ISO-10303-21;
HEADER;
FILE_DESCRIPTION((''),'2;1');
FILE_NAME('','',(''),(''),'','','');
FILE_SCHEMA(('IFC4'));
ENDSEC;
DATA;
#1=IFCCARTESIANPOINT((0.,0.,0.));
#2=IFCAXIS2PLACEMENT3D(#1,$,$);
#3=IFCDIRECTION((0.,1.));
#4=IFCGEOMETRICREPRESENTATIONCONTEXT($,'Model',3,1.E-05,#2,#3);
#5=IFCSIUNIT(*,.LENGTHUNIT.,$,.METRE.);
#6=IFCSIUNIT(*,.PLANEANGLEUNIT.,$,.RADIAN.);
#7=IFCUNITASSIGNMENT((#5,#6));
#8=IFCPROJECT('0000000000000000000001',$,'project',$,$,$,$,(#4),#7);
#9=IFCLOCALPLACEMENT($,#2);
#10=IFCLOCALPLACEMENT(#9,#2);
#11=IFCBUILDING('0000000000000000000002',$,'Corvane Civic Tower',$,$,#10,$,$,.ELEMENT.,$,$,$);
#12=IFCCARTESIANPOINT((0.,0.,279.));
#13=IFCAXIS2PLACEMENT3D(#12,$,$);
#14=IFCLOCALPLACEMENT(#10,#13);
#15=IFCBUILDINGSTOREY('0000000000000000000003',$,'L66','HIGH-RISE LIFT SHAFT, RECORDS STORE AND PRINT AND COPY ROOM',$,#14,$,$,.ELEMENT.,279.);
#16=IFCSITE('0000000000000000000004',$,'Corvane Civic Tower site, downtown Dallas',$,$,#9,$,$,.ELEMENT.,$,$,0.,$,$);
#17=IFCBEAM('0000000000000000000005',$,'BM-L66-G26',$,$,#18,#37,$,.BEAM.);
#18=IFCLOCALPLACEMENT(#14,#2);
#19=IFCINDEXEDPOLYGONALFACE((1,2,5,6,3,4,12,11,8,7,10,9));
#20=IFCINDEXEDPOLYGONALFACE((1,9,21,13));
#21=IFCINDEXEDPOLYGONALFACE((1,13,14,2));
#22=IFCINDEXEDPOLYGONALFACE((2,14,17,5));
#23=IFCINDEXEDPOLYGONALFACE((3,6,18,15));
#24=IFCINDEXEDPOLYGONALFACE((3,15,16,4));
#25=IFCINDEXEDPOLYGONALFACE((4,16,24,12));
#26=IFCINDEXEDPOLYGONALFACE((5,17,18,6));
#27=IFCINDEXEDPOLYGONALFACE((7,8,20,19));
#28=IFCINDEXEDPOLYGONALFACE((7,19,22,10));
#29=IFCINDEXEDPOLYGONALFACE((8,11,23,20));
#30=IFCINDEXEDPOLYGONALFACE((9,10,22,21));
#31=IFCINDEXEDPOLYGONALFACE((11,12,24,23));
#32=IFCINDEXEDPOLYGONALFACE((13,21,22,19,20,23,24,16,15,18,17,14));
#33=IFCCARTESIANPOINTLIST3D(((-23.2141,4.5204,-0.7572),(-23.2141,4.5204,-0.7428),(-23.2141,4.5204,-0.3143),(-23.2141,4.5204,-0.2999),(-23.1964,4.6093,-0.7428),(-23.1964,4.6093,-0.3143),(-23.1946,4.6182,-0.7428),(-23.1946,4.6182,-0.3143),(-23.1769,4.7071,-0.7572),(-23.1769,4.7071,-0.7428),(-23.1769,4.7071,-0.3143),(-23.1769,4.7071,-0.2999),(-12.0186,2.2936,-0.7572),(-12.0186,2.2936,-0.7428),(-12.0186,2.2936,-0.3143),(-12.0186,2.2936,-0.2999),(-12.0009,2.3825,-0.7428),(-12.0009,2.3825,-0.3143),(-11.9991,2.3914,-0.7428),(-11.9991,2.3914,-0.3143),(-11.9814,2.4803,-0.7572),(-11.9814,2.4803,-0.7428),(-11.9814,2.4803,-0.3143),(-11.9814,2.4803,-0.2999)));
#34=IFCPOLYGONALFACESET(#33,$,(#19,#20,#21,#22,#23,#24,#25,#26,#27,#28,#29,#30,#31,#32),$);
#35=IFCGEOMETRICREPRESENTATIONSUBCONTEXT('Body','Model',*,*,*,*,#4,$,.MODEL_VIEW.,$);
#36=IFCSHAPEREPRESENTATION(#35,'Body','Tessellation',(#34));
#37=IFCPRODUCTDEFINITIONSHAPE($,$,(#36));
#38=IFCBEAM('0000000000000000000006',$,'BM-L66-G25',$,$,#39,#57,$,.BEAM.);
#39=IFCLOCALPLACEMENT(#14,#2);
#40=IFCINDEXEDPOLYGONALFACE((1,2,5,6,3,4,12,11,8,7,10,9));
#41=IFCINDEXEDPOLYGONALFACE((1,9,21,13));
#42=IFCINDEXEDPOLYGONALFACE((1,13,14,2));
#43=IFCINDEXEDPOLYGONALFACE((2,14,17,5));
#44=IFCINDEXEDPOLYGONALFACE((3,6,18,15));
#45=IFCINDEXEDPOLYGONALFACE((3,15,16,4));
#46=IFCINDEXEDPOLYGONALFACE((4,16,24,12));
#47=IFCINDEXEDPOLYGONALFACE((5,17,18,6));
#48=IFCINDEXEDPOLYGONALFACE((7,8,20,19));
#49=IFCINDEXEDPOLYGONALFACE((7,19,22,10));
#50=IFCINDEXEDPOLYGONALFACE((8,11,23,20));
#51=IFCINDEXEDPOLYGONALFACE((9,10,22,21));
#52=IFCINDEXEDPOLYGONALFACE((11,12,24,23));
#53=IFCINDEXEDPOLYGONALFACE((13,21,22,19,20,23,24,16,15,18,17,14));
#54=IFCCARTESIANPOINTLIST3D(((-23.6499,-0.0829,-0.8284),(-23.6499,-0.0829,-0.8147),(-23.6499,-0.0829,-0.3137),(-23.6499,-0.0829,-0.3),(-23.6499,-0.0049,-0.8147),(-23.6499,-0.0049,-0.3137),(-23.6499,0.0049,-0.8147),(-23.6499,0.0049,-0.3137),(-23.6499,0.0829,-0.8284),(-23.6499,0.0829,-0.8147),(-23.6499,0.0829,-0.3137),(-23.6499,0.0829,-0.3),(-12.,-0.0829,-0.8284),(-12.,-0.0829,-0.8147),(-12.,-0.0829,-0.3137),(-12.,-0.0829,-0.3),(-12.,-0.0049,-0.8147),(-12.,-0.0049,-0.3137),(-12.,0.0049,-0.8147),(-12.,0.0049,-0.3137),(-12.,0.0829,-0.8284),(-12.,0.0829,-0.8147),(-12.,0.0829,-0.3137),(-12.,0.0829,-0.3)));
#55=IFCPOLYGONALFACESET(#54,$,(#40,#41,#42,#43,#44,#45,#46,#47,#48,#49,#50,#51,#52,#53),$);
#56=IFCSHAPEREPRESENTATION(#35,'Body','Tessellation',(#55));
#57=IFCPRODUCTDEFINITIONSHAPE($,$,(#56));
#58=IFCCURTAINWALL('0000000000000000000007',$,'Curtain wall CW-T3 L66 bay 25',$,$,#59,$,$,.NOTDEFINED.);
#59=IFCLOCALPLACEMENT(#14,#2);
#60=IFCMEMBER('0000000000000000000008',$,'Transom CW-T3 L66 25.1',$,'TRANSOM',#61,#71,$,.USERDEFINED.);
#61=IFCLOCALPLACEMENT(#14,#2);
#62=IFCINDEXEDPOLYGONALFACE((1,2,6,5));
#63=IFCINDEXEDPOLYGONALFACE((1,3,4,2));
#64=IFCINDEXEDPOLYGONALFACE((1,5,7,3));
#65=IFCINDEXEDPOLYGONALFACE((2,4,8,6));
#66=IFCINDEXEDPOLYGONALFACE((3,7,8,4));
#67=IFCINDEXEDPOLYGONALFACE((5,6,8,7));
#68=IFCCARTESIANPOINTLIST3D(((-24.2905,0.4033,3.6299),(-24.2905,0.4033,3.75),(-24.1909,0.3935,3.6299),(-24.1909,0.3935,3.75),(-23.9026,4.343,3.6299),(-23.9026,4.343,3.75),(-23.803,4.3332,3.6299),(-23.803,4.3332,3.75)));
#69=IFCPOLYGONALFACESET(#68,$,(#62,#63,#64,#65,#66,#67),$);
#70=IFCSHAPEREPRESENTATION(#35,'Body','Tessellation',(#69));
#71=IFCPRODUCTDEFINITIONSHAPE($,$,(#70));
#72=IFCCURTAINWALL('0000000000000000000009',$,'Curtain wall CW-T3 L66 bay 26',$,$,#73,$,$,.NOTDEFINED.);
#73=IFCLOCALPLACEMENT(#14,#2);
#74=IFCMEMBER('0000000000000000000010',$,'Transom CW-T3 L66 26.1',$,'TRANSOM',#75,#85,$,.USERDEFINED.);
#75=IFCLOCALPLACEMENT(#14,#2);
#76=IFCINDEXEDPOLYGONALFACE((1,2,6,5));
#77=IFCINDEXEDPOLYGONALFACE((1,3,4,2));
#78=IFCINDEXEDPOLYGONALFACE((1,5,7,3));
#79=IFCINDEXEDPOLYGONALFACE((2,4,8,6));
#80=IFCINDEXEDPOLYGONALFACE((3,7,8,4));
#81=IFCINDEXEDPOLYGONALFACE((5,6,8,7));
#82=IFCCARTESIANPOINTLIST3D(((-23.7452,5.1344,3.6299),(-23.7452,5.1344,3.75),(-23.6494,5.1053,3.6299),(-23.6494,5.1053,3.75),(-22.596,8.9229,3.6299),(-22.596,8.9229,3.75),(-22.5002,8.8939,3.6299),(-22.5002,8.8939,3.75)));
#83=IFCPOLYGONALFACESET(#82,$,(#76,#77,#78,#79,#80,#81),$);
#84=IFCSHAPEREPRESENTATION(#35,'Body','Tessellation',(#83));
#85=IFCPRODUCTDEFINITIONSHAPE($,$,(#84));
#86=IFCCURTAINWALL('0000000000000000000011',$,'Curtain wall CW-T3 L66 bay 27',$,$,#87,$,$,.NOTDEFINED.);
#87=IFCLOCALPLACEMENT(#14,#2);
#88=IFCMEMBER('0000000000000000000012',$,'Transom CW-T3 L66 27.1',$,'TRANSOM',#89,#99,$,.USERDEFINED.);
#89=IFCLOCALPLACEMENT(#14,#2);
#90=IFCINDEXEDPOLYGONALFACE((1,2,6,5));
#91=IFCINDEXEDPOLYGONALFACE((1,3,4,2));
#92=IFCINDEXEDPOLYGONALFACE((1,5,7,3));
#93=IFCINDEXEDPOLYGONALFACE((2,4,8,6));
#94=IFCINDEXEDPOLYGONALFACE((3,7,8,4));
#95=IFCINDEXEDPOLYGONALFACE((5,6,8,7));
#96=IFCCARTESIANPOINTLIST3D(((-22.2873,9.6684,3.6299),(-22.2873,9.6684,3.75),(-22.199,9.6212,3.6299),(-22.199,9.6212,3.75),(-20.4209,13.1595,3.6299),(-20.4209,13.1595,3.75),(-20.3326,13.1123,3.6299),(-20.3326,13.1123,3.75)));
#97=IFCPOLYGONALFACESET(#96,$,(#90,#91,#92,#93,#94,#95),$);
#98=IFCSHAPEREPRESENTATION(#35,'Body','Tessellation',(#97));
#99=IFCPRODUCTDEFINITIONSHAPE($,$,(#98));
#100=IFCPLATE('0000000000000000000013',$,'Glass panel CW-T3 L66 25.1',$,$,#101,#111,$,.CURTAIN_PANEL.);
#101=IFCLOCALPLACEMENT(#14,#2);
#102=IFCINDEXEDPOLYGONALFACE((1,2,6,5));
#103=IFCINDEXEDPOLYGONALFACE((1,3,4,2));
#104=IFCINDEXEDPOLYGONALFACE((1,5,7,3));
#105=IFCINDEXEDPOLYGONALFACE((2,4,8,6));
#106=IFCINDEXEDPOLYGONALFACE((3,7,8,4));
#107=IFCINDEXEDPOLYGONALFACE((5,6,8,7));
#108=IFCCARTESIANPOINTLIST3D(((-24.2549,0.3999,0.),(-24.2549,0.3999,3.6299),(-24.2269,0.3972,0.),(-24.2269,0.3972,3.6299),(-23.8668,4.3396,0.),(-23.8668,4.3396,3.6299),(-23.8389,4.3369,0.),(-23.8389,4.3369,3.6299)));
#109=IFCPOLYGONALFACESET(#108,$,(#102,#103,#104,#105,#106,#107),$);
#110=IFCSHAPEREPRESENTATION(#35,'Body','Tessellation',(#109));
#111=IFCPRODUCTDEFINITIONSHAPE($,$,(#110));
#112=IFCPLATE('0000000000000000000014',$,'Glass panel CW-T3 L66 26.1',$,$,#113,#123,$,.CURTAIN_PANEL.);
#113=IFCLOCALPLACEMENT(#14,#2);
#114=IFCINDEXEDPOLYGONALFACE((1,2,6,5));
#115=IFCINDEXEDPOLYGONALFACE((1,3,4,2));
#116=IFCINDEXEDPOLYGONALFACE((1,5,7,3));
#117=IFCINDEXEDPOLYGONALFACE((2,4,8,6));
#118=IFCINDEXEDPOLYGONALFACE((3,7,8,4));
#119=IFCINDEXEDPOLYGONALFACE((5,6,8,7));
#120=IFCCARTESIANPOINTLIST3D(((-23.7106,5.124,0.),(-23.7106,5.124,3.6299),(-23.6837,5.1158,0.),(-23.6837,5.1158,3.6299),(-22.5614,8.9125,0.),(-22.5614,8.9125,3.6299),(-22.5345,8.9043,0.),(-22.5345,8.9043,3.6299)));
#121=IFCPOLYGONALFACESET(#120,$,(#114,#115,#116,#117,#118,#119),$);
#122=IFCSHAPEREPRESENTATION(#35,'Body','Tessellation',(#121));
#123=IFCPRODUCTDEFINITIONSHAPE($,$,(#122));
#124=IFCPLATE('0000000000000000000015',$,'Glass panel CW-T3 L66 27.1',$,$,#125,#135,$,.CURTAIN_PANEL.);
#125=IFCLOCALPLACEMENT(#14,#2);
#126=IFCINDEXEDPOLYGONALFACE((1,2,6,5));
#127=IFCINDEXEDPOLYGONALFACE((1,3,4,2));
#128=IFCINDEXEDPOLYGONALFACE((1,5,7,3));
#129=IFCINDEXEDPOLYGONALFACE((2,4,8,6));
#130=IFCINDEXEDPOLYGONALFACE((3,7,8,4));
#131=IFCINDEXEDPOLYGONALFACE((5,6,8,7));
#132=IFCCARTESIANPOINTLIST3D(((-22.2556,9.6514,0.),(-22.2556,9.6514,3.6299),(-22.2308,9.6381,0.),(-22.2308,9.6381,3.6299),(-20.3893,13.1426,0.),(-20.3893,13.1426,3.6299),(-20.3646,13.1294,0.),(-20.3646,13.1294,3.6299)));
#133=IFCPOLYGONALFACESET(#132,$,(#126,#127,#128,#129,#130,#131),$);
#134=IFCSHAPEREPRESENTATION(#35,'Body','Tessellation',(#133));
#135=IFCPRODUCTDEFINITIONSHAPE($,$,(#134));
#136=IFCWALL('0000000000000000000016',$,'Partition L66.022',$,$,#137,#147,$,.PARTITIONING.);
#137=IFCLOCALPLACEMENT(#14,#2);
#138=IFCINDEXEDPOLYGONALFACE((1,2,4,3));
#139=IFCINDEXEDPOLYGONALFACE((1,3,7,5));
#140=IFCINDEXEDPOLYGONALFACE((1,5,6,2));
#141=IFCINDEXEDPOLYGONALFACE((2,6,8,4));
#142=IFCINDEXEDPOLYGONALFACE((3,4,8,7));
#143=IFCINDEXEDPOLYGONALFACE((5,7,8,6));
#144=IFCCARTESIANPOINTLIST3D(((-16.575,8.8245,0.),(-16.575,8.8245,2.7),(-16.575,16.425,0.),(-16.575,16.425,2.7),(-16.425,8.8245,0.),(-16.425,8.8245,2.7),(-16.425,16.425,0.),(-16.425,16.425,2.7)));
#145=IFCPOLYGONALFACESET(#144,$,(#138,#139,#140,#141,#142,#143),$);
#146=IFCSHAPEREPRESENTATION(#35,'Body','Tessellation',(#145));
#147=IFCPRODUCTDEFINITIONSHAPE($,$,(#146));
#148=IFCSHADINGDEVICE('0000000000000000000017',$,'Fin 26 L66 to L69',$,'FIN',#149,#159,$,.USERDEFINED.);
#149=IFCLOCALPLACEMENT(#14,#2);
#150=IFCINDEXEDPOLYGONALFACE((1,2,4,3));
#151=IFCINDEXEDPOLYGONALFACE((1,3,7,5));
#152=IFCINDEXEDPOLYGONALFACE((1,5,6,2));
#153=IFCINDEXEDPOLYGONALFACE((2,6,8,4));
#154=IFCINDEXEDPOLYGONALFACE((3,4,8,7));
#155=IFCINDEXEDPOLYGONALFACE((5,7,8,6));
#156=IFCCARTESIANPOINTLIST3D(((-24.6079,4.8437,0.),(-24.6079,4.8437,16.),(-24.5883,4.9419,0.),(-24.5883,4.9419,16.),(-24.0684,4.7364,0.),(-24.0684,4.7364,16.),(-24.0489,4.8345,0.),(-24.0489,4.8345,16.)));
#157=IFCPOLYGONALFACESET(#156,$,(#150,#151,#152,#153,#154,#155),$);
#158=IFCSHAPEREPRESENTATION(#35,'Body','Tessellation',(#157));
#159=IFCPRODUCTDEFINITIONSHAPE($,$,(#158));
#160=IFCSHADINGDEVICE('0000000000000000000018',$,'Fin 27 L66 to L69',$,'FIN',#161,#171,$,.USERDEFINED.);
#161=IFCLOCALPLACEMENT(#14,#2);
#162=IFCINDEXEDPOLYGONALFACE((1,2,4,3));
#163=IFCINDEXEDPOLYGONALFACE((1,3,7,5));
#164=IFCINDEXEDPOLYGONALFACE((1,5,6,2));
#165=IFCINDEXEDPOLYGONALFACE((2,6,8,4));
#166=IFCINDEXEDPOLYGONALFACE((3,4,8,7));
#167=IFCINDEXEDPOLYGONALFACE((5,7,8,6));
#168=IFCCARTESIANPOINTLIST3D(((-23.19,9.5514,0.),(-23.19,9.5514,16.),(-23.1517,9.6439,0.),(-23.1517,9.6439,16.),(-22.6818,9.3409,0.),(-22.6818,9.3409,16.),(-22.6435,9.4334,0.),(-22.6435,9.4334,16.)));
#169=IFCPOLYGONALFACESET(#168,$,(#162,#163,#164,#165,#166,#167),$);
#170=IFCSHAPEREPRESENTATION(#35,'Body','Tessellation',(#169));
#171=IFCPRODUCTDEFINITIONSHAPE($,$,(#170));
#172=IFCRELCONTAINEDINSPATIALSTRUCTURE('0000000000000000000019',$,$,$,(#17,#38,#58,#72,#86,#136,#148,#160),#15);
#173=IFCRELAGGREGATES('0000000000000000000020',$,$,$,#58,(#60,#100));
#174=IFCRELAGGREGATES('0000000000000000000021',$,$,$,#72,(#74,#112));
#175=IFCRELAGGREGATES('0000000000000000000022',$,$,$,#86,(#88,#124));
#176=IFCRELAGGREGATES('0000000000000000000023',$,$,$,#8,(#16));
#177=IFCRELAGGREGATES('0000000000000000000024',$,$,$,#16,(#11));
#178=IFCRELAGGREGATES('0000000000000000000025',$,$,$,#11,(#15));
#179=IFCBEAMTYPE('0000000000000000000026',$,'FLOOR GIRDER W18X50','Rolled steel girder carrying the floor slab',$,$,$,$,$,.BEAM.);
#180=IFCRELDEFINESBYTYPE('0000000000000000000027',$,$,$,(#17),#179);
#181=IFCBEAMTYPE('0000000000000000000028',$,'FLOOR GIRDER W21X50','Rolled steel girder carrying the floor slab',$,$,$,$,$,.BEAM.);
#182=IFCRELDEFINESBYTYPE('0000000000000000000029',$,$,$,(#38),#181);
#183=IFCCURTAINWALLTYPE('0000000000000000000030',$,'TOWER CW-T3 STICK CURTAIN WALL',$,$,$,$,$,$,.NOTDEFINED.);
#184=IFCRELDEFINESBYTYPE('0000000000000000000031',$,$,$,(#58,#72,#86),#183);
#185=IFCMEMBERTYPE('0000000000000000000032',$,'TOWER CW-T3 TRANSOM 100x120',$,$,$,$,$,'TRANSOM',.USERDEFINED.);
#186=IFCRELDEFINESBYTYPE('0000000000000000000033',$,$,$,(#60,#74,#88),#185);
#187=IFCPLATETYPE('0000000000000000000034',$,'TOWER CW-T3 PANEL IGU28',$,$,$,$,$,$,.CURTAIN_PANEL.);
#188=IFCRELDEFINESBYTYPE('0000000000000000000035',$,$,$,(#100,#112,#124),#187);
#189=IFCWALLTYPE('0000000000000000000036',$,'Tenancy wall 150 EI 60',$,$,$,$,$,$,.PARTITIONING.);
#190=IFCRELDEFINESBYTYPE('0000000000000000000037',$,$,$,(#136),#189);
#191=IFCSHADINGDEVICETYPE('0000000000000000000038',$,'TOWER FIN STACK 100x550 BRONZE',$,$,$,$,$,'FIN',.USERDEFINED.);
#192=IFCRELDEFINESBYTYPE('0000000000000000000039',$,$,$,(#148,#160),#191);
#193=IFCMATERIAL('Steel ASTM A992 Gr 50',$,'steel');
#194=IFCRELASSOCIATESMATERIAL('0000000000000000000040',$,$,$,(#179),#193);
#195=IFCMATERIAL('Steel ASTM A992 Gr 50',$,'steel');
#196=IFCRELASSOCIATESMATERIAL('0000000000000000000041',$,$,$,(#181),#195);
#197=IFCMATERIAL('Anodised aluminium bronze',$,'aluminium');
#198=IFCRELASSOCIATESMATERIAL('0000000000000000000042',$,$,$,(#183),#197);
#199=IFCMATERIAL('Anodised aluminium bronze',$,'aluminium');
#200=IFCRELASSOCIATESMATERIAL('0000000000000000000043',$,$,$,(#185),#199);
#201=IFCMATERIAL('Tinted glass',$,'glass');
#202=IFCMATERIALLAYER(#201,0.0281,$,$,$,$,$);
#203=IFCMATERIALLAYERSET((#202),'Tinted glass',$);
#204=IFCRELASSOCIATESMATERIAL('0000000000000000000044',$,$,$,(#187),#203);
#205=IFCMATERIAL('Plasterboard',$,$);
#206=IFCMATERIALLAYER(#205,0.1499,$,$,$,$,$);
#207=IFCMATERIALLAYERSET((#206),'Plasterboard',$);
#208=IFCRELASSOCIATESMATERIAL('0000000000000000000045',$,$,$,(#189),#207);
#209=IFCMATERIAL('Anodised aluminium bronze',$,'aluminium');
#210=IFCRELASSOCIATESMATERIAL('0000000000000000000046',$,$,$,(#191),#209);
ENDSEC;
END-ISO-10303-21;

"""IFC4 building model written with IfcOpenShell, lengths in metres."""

from ifc_helpers import new_model, si_unit, direction, frame, frame_2d, origin, origin_2d, place, context, subcontext, project, spatial, rectangle, i_section, extrude, material, layer, layer_set, material_profile, profile_set, type_object, element, aggregate, save


model = new_model("IFC4")

# Units and contexts
model_context = context("Model", 3, precision=1e-05, world=origin(), true_north=direction((0.0, 1.0)))
body_context = subcontext(model_context, "Body", "Model", "MODEL_VIEW")
ifc_project = project(units=[si_unit("LENGTHUNIT", "METRE"), si_unit("PLANEANGLEUNIT", "RADIAN")], contexts=[model_context])

# Site, building, storey
site_placement = place(None, origin())
site = spatial("IfcSite", under=ifc_project, at=site_placement, Name="Corvane Civic Tower site, downtown Dallas", CompositionType="ELEMENT", RefElevation=0.0)
building_placement = place(site_placement, origin())
building = spatial("IfcBuilding", under=site, at=building_placement, Name="Corvane Civic Tower", CompositionType="ELEMENT")
storey_placement = place(building_placement, frame((0.0, 0.0, 279.0)))
storey = spatial("IfcBuildingStorey", under=building, at=storey_placement, Name="L66", Description="HIGH-RISE LIFT SHAFT, RECORDS STORE AND PRINT AND COPY ROOM", CompositionType="ELEMENT", Elevation=279.0)

# Beams
ifc_material_1 = material(Name="Steel ASTM A992 Gr 50", Category="steel")
ifc_material_profile_1 = material_profile(ifc_material_1, i_section(OverallWidth=0.1904, OverallDepth=0.4573, WebThickness=0.009, FlangeThickness=0.0144, at=origin_2d()), Name="W18X50")
ifc_profile_set_1 = profile_set([ifc_material_profile_1], Name="Steel ASTM A992 Gr 50")
beam_type_1 = type_object("IfcBeamType", Name="FLOOR GIRDER W18X50", Description="Rolled steel girder carrying the floor slab", PredefinedType="BEAM", material=ifc_profile_set_1)
beam_1_placement = place(storey_placement, frame((-12.0, 2.387, -0.5286), z_axis=(-0.980787, 0.19508, 0.0), x_axis=(-0.19508, -0.980787, 0.0)))
element("IfcBeam", 1, at=beam_1_placement, inside=storey, type_object=beam_type_1, Name="BM-L66-G26", PredefinedType="BEAM", context=body_context, shape_type="SweptSolid", body=[
    extrude(i_section(OverallWidth=0.1904, OverallDepth=0.4573, WebThickness=0.009, FlangeThickness=0.0144, at=origin_2d()), origin(), (0.0, 0.0, 1.0), 11.4148),
])
ifc_material_2 = material(Name="Steel ASTM A992 Gr 50", Category="steel")
ifc_material_profile_2 = material_profile(ifc_material_2, i_section(OverallWidth=0.1658, OverallDepth=0.5283, WebThickness=0.0098, FlangeThickness=0.0137, at=origin_2d()), Name="W21X50")
ifc_profile_set_2 = profile_set([ifc_material_profile_2], Name="Steel ASTM A992 Gr 50")
beam_type_2 = type_object("IfcBeamType", Name="FLOOR GIRDER W21X50", Description="Rolled steel girder carrying the floor slab", PredefinedType="BEAM", material=ifc_profile_set_2)
beam_2_placement = place(storey_placement, frame((-12.0, 0.0, -0.5642), z_axis=(-1.0, 0.0, 0.0), x_axis=(0.0, -1.0, 0.0)))
element("IfcBeam", 2, at=beam_2_placement, inside=storey, type_object=beam_type_2, Name="BM-L66-G25", PredefinedType="BEAM", context=body_context, shape_type="SweptSolid", body=[
    extrude(i_section(OverallWidth=0.1658, OverallDepth=0.5283, WebThickness=0.0098, FlangeThickness=0.0137, at=origin_2d()), origin(), (0.0, 0.0, 1.0), 11.6499),
])

# Curtain walls, members
ifc_material_3 = material(Name="Anodised aluminium bronze", Category="aluminium")
curtain_wall_type = type_object("IfcCurtainWallType", Name="TOWER CW-T3 STICK CURTAIN WALL", PredefinedType="NOTDEFINED", material=ifc_material_3)
curtain_wall_1_placement = place(storey_placement, origin())
curtain_wall_1 = element("IfcCurtainWall", 3, at=curtain_wall_1_placement, inside=storey, type_object=curtain_wall_type, Name="Curtain wall CW-T3 L66 bay 25", PredefinedType="NOTDEFINED")
ifc_material_4 = material(Name="Anodised aluminium bronze", Category="aluminium")
ifc_material_profile_3 = material_profile(ifc_material_4, rectangle(XDim=0.1001, YDim=0.1201, at=origin_2d()), Name="TOWER CW-T3 TRANSOM 100x120")
ifc_profile_set_3 = profile_set([ifc_material_profile_3], Name="Anodised aluminium bronze")
member_type = type_object("IfcMemberType", Name="TOWER CW-T3 TRANSOM 100x120", ElementType="TRANSOM", PredefinedType="USERDEFINED", material=ifc_profile_set_3)
member_1_placement = place(storey_placement, frame((-24.2407, 0.3984, 3.6899), z_axis=(0.097995, 0.995187, 0.0), x_axis=(-0.995187, 0.097995, 0.0)))
member_1 = element("IfcMember", 4, at=member_1_placement, type_object=member_type, Name="Transom CW-T3 L66 25.1", ObjectType="TRANSOM", PredefinedType="USERDEFINED", context=body_context, shape_type="SweptSolid", body=[
    extrude(rectangle(XDim=0.1001, YDim=0.1201, at=origin_2d()), origin(), (0.0, 0.0, 1.0), 3.9587),
])
curtain_wall_2_placement = place(storey_placement, origin())
curtain_wall_2 = element("IfcCurtainWall", 5, at=curtain_wall_2_placement, inside=storey, type_object=curtain_wall_type, Name="Curtain wall CW-T3 L66 bay 26", PredefinedType="NOTDEFINED")
member_2_placement = place(storey_placement, frame((-23.6973, 5.1199, 3.6899), z_axis=(0.290266, 0.956946, 0.0), x_axis=(-0.956946, 0.290266, 0.0)))
member_2 = element("IfcMember", 6, at=member_2_placement, type_object=member_type, Name="Transom CW-T3 L66 26.1", ObjectType="TRANSOM", PredefinedType="USERDEFINED", context=body_context, shape_type="SweptSolid", body=[
    extrude(rectangle(XDim=0.1001, YDim=0.1201, at=origin_2d()), origin(), (0.0, 0.0, 1.0), 3.959),
])
curtain_wall_3_placement = place(storey_placement, origin())
curtain_wall_3 = element("IfcCurtainWall", 7, at=curtain_wall_3_placement, inside=storey, type_object=curtain_wall_type, Name="Curtain wall CW-T3 L66 bay 27", PredefinedType="NOTDEFINED")
member_3_placement = place(storey_placement, frame((-22.2432, 9.6448, 3.6899), z_axis=(0.471468, 0.881883, 0.0), x_axis=(-0.881883, 0.471468, 0.0)))
member_3 = element("IfcMember", 8, at=member_3_placement, type_object=member_type, Name="Transom CW-T3 L66 27.1", ObjectType="TRANSOM", PredefinedType="USERDEFINED", context=body_context, shape_type="SweptSolid", body=[
    extrude(rectangle(XDim=0.1001, YDim=0.1201, at=origin_2d()), origin(), (0.0, 0.0, 1.0), 3.9587),
])

# Plates
ifc_material_5 = material(Name="Tinted glass", Category="glass")
ifc_layer_1 = layer(ifc_material_5, 0.0281)
ifc_layer_set_1 = layer_set([ifc_layer_1], Name="Tinted glass")
plate_type = type_object("IfcPlateType", Name="TOWER CW-T3 PANEL IGU28", PredefinedType="CURTAIN_PANEL", material=ifc_layer_set_1)
plate_1_placement = place(storey_placement, frame((-24.0469, 2.3684, 0.0), z_axis=(0.0, 0.0, 1.0), x_axis=(0.098021, 0.995184, 0.0)))
plate_1 = element("IfcPlate", 9, at=plate_1_placement, type_object=plate_type, Name="Glass panel CW-T3 L66 25.1", PredefinedType="CURTAIN_PANEL", context=body_context, shape_type="SweptSolid", body=[
    extrude(rectangle(XDim=3.9587, YDim=0.0281, at=origin_2d()), origin(), (0.0, 0.0, 1.0), 3.6299),
])
aggregate(curtain_wall_1, [member_1, plate_1])
plate_2_placement = place(storey_placement, frame((-23.1226, 7.0142, 0.0), z_axis=(0.0, 0.0, 1.0), x_axis=(0.290274, 0.956944, 0.0)))
plate_2 = element("IfcPlate", 10, at=plate_2_placement, type_object=plate_type, Name="Glass panel CW-T3 L66 26.1", PredefinedType="CURTAIN_PANEL", context=body_context, shape_type="SweptSolid", body=[
    extrude(rectangle(XDim=3.959, YDim=0.0281, at=origin_2d()), origin(), (0.0, 0.0, 1.0), 3.6299),
])
aggregate(curtain_wall_2, [member_2, plate_2])
plate_3_placement = place(storey_placement, frame((-21.3101, 11.3904, 0.0), z_axis=(0.0, 0.0, 1.0), x_axis=(0.471421, 0.881908, 0.0)))
plate_3 = element("IfcPlate", 11, at=plate_3_placement, type_object=plate_type, Name="Glass panel CW-T3 L66 27.1", PredefinedType="CURTAIN_PANEL", context=body_context, shape_type="SweptSolid", body=[
    extrude(rectangle(XDim=3.9587, YDim=0.0281, at=origin_2d()), origin(), (0.0, 0.0, 1.0), 3.6299),
])
aggregate(curtain_wall_3, [member_3, plate_3])

# Wall
ifc_material_6 = material(Name="Plasterboard")
ifc_layer_2 = layer(ifc_material_6, 0.1499)
ifc_layer_set_2 = layer_set([ifc_layer_2], Name="Plasterboard")
wall_type = type_object("IfcWallType", Name="Tenancy wall 150 EI 60", PredefinedType="PARTITIONING", material=ifc_layer_set_2)
wall_placement = place(storey_placement, frame((-16.5, 8.8245, 0.0), z_axis=(0.0, 0.0, 1.0), x_axis=(0.0, 1.0, 0.0)))
element("IfcWall", 12, at=wall_placement, inside=storey, type_object=wall_type, Name="Partition L66.022", PredefinedType="PARTITIONING", context=body_context, shape_type="SweptSolid", body=[
    extrude(rectangle(XDim=7.6006, YDim=0.1499, at=frame_2d((3.8003, 0.0))), origin(), (0.0, 0.0, 1.0), 2.7),
])

# Shading devices
ifc_material_7 = material(Name="Anodised aluminium bronze", Category="aluminium")
ifc_material_profile_4 = material_profile(ifc_material_7, rectangle(XDim=0.1001, YDim=0.55, at=origin_2d()), Name="TOWER FIN STACK 100x550 BRONZE")
ifc_profile_set_4 = profile_set([ifc_material_profile_4], Name="Anodised aluminium bronze")
shading_device_type = type_object("IfcShadingDeviceType", Name="TOWER FIN STACK 100x550 BRONZE", ElementType="FIN", PredefinedType="USERDEFINED", material=ifc_profile_set_4)
for number, where, z_axis, x_axis, name in (
    (13, (-24.3284, 4.8391, 0.0), (0.0, 0.0, 1.0), (0.19509, 0.980785, 0.0), "Fin 26 L66 to L69"),
    (14, (-22.9167, 9.4924, 0.0), (0.0, 0.0, 1.0), (0.382683, 0.92388, 0.0), "Fin 27 L66 to L69"),
):
    element("IfcShadingDevice", number, at=place(storey_placement, frame(where, z_axis=z_axis, x_axis=x_axis)), inside=storey, type_object=shading_device_type, Name=name, ObjectType="FIN", PredefinedType="USERDEFINED", context=body_context, shape_type="SweptSolid", body=[
        extrude(rectangle(XDim=0.1001, YDim=0.55, at=origin_2d()), origin(), (0.0, 0.0, 1.0), 16.0),
    ])

save(model, "model.ifc")
